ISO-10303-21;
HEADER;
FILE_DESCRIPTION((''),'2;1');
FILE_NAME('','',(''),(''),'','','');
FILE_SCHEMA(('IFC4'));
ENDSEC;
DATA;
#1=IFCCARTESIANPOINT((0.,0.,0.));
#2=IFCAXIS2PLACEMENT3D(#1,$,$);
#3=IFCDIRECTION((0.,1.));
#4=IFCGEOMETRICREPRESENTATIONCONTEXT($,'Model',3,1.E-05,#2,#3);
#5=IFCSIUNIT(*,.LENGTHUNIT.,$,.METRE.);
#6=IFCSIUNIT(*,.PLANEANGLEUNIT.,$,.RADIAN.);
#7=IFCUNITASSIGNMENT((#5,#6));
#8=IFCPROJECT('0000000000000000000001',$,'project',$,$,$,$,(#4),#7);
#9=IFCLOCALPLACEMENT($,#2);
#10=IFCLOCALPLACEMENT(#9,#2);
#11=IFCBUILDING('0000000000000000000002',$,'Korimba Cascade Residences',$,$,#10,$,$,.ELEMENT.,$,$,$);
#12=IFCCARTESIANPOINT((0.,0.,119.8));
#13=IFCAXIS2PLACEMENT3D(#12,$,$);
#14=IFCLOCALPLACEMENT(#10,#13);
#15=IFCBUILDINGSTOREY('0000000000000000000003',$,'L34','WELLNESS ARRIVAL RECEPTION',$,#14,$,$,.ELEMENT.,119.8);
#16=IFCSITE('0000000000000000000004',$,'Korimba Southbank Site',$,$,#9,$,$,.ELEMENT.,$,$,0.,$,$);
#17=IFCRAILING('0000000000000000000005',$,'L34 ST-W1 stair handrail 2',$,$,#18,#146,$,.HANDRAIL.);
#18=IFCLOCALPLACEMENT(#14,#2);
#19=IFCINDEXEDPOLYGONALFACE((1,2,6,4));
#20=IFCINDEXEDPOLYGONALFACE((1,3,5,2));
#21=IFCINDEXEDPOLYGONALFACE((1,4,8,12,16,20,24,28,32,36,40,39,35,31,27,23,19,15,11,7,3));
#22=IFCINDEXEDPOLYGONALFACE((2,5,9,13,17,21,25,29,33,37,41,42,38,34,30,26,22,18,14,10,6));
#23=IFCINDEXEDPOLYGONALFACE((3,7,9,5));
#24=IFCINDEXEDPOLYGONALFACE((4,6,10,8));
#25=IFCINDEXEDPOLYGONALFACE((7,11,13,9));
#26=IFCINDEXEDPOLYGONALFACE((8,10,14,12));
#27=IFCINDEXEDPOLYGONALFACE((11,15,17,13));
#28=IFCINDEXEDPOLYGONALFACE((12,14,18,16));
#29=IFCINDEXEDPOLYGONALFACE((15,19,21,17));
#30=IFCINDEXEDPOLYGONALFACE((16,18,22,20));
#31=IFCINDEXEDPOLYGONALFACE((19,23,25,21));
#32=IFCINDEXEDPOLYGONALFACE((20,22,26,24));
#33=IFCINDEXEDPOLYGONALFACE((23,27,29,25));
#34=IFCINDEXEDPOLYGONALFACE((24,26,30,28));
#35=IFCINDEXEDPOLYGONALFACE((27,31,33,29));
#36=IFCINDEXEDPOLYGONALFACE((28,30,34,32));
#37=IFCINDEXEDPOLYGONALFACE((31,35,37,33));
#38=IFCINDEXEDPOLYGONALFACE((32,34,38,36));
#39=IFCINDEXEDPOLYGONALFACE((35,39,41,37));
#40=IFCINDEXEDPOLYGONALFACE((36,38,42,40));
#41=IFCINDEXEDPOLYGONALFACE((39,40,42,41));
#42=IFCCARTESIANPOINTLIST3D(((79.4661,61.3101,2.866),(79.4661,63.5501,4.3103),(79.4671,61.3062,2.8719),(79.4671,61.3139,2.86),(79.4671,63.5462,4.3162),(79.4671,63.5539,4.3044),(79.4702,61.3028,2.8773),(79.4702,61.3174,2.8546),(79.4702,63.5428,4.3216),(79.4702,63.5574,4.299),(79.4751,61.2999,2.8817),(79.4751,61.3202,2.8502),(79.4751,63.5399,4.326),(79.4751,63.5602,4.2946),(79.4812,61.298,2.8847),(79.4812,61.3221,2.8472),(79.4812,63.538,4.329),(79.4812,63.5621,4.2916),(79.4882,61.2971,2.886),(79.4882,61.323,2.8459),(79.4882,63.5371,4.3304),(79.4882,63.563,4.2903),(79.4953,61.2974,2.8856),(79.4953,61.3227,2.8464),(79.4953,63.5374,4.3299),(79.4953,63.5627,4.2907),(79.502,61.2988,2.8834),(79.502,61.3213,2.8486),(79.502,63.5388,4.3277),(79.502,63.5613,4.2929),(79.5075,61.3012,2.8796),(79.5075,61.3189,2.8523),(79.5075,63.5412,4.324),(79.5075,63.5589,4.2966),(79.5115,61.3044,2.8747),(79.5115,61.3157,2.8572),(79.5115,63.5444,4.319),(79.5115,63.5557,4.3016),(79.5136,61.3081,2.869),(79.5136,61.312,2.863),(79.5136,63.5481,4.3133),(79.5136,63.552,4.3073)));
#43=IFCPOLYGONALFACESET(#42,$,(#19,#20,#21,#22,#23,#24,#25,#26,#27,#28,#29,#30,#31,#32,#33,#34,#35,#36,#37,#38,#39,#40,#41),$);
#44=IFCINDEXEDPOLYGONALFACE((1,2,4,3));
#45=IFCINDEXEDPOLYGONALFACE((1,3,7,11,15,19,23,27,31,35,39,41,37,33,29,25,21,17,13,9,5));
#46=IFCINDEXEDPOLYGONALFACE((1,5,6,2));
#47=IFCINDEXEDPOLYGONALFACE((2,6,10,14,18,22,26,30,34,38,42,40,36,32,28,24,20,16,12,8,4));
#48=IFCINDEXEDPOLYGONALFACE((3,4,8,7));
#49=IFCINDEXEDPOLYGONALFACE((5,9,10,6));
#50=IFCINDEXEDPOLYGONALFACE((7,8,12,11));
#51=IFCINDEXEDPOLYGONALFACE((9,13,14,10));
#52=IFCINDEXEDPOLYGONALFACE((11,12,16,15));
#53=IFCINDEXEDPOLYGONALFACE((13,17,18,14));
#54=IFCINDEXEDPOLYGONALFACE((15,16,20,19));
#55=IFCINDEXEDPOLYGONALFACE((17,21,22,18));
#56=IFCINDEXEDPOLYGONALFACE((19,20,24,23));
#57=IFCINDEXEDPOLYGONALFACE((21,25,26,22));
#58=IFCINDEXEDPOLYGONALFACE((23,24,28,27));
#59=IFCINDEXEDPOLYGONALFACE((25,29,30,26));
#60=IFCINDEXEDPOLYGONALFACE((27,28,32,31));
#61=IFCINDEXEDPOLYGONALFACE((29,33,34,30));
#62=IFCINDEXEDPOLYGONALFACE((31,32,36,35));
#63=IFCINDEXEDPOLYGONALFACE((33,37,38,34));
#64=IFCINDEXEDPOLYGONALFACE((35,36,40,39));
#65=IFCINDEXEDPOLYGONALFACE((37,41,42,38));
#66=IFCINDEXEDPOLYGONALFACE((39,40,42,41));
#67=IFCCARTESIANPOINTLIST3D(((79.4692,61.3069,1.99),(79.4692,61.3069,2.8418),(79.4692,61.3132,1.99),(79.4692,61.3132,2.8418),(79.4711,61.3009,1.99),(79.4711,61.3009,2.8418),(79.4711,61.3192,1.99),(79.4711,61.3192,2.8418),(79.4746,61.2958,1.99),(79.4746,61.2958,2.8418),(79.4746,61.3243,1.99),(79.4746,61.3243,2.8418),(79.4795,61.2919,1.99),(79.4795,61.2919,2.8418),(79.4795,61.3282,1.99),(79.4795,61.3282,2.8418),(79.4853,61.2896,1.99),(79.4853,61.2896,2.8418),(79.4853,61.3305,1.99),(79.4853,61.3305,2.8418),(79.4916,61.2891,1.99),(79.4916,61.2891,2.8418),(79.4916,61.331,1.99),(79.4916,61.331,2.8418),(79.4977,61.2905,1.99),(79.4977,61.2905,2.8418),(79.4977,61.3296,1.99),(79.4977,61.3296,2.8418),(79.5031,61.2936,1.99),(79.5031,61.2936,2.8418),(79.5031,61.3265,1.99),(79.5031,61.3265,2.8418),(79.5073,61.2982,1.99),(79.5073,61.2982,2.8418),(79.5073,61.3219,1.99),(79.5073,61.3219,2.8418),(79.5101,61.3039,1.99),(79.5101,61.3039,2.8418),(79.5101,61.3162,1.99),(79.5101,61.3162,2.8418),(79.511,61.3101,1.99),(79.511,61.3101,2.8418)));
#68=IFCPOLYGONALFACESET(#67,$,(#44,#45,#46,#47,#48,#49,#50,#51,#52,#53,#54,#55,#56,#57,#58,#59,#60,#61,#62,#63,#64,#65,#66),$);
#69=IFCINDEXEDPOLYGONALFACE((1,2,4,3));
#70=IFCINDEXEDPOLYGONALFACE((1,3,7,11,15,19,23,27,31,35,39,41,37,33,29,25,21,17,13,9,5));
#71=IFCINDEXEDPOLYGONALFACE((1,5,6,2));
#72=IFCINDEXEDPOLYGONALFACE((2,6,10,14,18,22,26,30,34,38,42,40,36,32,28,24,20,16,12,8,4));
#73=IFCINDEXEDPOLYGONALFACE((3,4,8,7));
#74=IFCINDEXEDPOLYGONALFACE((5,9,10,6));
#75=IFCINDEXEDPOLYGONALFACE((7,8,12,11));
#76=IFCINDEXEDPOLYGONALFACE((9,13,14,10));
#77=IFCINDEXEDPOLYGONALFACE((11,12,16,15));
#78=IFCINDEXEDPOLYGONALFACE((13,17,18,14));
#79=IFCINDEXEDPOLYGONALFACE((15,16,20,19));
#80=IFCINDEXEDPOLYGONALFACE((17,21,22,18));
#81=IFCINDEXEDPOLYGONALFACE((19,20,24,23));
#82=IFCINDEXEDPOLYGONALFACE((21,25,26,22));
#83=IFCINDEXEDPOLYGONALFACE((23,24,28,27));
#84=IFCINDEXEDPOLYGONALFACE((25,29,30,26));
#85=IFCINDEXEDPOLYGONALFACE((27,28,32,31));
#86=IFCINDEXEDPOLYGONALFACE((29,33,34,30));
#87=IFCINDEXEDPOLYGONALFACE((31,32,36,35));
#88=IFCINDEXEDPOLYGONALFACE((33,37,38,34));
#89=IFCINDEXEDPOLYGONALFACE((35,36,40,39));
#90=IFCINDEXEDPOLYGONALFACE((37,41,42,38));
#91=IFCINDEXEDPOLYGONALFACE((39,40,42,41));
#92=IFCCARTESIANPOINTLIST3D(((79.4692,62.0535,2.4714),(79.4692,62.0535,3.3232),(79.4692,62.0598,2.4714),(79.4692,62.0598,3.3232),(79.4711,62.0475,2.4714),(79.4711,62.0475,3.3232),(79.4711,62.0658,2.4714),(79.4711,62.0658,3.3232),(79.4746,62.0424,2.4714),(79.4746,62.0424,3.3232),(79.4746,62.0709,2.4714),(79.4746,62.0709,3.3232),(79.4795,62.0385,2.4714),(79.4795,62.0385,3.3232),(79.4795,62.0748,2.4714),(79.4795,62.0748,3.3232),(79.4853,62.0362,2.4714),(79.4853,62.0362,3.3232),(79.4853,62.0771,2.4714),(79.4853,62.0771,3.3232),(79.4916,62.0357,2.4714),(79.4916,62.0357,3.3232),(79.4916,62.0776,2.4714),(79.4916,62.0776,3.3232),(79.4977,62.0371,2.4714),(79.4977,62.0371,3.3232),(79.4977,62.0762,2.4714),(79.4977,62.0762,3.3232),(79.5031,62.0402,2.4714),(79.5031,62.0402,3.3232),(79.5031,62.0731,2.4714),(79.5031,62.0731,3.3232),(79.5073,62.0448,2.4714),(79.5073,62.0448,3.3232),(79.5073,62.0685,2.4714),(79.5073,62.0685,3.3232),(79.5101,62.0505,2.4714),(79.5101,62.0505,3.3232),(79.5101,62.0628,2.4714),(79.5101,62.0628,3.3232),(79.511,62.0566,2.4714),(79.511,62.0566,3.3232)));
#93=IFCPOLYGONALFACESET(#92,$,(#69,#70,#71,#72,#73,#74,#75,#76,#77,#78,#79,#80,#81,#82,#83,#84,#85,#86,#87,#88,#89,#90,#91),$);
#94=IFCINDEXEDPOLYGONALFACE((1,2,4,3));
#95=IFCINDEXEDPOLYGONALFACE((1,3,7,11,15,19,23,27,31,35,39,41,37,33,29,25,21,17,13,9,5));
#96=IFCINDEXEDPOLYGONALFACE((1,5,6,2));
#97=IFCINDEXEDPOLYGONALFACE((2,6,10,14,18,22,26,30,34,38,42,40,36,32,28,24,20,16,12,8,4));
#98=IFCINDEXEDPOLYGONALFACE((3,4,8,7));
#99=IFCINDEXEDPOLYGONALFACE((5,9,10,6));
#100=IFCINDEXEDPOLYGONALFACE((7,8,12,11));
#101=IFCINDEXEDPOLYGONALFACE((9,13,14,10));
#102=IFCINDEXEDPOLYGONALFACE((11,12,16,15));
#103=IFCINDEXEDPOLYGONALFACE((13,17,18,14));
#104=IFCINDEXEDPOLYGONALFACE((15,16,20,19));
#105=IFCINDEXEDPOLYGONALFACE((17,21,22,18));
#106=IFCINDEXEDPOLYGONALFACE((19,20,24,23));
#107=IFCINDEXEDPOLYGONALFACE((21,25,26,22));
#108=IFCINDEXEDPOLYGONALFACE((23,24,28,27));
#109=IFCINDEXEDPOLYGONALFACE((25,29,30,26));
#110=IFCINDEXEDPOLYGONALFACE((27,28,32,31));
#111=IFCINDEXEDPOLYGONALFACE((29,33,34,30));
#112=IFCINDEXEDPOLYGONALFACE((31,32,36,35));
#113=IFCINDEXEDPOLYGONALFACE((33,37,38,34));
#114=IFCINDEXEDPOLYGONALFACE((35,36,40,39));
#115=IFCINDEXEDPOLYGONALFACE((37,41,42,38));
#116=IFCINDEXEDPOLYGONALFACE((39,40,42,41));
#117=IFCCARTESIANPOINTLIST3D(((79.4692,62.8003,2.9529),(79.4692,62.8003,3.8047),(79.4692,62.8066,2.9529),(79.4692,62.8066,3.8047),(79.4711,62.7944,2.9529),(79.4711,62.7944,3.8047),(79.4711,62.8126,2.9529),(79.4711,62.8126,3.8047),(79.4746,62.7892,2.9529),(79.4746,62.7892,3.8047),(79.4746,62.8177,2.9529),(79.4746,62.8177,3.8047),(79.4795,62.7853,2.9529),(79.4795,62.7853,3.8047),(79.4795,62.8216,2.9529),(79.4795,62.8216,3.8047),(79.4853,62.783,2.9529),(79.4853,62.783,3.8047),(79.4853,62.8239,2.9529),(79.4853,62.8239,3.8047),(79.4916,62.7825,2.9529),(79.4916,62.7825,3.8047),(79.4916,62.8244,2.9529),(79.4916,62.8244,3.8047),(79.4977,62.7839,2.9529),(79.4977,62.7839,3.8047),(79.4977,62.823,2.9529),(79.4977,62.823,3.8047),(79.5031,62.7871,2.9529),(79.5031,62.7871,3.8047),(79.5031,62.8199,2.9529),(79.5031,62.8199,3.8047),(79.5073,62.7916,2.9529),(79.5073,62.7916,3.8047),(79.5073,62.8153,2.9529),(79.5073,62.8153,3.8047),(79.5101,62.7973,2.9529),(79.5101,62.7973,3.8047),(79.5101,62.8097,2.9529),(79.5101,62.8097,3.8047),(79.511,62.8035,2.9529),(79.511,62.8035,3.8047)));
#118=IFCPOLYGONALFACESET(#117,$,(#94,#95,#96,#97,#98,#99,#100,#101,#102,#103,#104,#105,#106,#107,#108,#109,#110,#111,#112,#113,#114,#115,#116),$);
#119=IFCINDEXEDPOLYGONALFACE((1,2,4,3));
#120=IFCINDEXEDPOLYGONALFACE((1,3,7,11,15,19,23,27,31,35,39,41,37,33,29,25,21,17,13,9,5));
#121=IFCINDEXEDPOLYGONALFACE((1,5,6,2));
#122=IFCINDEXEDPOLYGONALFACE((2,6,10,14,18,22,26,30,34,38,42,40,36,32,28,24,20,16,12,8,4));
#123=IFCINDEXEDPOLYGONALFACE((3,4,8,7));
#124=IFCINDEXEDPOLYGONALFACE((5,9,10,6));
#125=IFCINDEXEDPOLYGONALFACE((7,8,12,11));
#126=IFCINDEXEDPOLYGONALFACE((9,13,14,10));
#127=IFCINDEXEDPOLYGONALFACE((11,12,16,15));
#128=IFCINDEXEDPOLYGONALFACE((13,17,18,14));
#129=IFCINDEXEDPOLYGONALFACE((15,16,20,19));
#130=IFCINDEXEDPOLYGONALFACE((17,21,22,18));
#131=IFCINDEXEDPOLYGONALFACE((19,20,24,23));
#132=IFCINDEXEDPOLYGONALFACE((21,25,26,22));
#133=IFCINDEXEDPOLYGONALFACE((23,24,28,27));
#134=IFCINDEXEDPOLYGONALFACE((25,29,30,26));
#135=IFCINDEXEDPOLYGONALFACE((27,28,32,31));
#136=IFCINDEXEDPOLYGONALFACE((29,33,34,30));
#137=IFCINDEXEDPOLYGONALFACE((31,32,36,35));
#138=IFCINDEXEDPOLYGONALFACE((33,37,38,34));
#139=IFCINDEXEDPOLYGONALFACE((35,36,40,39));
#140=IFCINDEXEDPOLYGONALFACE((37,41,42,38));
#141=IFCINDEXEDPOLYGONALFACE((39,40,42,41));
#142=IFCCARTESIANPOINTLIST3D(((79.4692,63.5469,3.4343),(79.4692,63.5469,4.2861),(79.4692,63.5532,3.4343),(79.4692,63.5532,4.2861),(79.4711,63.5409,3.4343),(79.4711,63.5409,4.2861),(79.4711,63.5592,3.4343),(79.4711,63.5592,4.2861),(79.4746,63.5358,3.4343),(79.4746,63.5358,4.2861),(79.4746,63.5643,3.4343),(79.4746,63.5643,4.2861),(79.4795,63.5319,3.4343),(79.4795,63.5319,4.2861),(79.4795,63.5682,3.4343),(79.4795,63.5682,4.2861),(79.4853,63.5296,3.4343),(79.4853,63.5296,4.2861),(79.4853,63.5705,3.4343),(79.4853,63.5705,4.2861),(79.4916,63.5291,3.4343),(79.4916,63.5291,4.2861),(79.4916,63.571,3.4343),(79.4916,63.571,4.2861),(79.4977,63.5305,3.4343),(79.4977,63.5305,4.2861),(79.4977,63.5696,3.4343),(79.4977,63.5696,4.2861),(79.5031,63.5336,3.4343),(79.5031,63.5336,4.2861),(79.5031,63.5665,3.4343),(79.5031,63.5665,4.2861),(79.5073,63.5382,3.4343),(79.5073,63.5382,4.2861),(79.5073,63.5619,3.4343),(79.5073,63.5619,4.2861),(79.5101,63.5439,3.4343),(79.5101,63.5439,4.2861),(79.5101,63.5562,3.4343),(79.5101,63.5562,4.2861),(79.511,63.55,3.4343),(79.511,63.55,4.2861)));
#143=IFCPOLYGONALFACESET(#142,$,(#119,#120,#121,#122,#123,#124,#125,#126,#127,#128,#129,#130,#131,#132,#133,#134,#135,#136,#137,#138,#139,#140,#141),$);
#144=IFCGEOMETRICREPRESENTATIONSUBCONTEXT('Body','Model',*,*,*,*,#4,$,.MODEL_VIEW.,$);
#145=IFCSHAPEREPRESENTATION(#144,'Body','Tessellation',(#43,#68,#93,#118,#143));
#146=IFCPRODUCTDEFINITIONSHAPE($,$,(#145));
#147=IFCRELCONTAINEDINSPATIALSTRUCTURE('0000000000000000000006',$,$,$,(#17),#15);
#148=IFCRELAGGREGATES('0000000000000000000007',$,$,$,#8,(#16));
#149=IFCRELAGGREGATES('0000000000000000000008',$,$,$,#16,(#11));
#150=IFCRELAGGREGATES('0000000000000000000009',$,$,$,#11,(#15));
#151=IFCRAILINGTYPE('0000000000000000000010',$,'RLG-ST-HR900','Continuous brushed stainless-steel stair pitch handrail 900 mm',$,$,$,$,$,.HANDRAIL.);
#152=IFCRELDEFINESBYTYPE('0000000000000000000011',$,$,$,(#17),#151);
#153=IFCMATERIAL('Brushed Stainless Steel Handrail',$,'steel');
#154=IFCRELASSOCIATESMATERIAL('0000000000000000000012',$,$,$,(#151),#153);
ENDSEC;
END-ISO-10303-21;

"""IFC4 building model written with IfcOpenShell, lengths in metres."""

from ifc_helpers import new_model, si_unit, direction, frame, origin, origin_2d, place, context, subcontext, project, spatial, circle, extrude, material, type_object, element, save


model = new_model("IFC4")

# Units and contexts
model_context = context("Model", 3, precision=1e-05, world=origin(), true_north=direction((0.0, 1.0)))
body_context = subcontext(model_context, "Body", "Model", "MODEL_VIEW")
ifc_project = project(units=[si_unit("LENGTHUNIT", "METRE"), si_unit("PLANEANGLEUNIT", "RADIAN")], contexts=[model_context])

# Site, building, storey
site_placement = place(None, origin())
site = spatial("IfcSite", under=ifc_project, at=site_placement, Name="Korimba Southbank Site", CompositionType="ELEMENT", RefElevation=0.0)
building_placement = place(site_placement, origin())
building = spatial("IfcBuilding", under=site, at=building_placement, Name="Korimba Cascade Residences", CompositionType="ELEMENT")
storey_placement = place(building_placement, frame((0.0, 0.0, 119.8)))
storey = spatial("IfcBuildingStorey", under=building, at=storey_placement, Name="L34", Description="WELLNESS ARRIVAL RECEPTION", CompositionType="ELEMENT", Elevation=119.8)

# Railing
ifc_material_1 = material(Name="Brushed Stainless Steel Handrail", Category="steel")
railing_type_1 = type_object("IfcRailingType", Name="RLG-ST-HR900", Description="Continuous brushed stainless-steel stair pitch handrail 900 mm", PredefinedType="HANDRAIL", material=ifc_material_1)
railing_1_placement = place(storey_placement, frame((79.49, 61.3101, 1.99)))
element("IfcRailing", 1, at=railing_1_placement, inside=storey, type_object=railing_type_1, Name="L34 ST-W1 stair handrail 2", PredefinedType="HANDRAIL", context=body_context, shape_type="SweptSolid", body=[
    extrude(circle(Radius=0.0239, at=origin_2d()), frame((0.0, 0.0, 0.876), z_axis=(0.0, 0.840437, 0.54191), x_axis=(-1.0, 0.0, 0.0)), (0.0, 0.0, 1.0), 2.6653),
    extrude(circle(Radius=0.021, at=origin_2d()), origin(), (0.0, 0.0, 1.0), 0.8518),
    extrude(circle(Radius=0.021, at=origin_2d()), frame((0.0, 0.7466, 0.4814)), (0.0, 0.0, 1.0), 0.8518),
    extrude(circle(Radius=0.021, at=origin_2d()), frame((0.0, 1.4934, 0.9629)), (0.0, 0.0, 1.0), 0.8518),
    extrude(circle(Radius=0.021, at=origin_2d()), frame((0.0, 2.24, 1.4443)), (0.0, 0.0, 1.0), 0.8518),
])

save(model, "model.ifc")
